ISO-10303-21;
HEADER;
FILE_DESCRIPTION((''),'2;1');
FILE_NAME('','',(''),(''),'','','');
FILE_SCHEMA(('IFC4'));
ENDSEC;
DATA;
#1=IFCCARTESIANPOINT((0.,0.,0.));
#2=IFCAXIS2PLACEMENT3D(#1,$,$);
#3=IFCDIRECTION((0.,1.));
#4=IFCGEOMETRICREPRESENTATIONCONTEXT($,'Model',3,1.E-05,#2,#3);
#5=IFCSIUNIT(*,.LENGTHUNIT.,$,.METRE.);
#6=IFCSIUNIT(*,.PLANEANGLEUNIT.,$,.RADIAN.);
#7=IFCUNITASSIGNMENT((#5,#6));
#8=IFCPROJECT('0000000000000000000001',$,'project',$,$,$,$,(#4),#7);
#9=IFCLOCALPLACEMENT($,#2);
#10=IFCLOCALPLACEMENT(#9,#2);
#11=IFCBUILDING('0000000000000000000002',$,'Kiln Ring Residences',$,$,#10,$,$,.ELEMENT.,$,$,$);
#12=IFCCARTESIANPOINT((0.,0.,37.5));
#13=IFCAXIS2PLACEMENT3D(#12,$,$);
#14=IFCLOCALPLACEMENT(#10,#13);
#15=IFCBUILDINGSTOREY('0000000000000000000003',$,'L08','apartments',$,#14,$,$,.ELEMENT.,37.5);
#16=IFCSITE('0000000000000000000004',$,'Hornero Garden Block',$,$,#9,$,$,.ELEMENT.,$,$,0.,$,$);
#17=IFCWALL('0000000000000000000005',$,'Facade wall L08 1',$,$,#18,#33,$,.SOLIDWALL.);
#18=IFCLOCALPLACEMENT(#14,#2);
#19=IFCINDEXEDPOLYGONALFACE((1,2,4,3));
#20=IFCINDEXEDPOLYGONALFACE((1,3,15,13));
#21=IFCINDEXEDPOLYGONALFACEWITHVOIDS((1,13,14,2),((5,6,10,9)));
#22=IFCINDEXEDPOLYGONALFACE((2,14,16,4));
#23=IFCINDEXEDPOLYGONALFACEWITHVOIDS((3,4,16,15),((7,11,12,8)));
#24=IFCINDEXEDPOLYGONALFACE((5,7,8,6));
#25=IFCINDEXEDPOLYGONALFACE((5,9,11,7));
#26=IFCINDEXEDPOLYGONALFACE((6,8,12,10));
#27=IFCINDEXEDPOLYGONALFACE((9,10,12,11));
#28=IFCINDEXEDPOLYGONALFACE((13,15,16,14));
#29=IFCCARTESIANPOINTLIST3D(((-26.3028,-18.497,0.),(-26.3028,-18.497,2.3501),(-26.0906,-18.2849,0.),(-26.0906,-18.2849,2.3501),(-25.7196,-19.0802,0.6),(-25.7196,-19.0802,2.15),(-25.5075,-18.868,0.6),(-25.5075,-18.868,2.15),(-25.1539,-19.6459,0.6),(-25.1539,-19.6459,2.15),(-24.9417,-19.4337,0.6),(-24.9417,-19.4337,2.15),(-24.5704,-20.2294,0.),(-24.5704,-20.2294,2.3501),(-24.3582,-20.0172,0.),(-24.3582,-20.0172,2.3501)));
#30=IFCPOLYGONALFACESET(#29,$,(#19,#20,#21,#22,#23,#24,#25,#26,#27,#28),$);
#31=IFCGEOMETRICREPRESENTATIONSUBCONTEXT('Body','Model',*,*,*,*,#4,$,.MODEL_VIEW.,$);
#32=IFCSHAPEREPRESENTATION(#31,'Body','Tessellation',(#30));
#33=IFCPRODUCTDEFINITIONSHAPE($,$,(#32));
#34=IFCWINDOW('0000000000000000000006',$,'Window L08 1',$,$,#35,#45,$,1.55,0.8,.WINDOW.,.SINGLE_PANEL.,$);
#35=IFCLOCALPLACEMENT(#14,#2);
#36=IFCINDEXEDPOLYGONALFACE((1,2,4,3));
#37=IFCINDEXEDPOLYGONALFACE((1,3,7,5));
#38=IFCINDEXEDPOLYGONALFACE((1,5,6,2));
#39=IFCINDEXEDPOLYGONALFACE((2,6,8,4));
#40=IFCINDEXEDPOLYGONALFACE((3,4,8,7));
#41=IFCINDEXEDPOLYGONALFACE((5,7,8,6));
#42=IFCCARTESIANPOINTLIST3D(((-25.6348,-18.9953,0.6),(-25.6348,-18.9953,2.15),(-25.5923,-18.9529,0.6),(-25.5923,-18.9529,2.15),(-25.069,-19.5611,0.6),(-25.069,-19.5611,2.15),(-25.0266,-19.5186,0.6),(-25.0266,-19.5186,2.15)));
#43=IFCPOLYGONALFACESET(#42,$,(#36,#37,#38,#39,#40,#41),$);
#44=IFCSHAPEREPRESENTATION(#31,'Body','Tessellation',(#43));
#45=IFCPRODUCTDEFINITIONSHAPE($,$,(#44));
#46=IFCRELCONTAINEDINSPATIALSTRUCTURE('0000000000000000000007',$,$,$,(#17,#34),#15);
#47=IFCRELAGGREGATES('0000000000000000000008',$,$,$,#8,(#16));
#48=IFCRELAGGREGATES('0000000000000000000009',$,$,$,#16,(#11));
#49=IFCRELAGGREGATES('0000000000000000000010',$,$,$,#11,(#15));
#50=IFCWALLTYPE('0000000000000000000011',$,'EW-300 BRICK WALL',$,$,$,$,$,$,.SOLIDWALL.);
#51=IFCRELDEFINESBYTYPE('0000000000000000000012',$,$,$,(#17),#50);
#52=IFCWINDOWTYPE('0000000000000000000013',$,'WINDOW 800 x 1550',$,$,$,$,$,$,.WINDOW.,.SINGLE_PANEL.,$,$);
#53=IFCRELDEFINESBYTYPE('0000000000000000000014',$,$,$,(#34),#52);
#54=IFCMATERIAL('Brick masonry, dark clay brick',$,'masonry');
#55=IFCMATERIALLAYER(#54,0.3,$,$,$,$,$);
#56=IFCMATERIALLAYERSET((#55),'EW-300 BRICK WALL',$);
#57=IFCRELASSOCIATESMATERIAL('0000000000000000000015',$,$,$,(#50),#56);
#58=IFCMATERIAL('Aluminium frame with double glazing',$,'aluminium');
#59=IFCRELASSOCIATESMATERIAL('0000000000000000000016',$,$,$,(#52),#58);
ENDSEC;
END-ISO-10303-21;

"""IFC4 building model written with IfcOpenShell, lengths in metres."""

from ifc_helpers import new_model, si_unit, direction, frame, frame_2d, origin, place, context, subcontext, project, spatial, rectangle, extrude, material, layer, layer_set, type_object, element, fill, save


model = new_model("IFC4")

# Units and contexts
model_context = context("Model", 3, precision=1e-05, world=origin(), true_north=direction((0.0, 1.0)))
body_context = subcontext(model_context, "Body", "Model", "MODEL_VIEW")
ifc_project = project(units=[si_unit("LENGTHUNIT", "METRE"), si_unit("PLANEANGLEUNIT", "RADIAN")], contexts=[model_context])

# Site, building, storey
site_placement = place(None, origin())
site = spatial("IfcSite", under=ifc_project, at=site_placement, Name="Hornero Garden Block", CompositionType="ELEMENT", RefElevation=0.0)
building_placement = place(site_placement, origin())
building = spatial("IfcBuilding", under=site, at=building_placement, Name="Kiln Ring Residences", CompositionType="ELEMENT")
storey_placement = place(building_placement, frame((0.0, 0.0, 37.5)))
storey = spatial("IfcBuildingStorey", under=building, at=storey_placement, Name="L08", Description="apartments", CompositionType="ELEMENT", Elevation=37.5)

# Wall, opening, window
ifc_material_1 = material(Name="Brick masonry, dark clay brick", Category="masonry")
ifc_layer_1 = layer(ifc_material_1, 0.3)
ifc_layer_set_1 = layer_set([ifc_layer_1], Name="EW-300 BRICK WALL")
wall_type_1 = type_object("IfcWallType", Name="EW-300 BRICK WALL", PredefinedType="SOLIDWALL", material=ifc_layer_set_1)
wall_1_placement = place(storey_placement, frame((-26.1968, -18.3909, 0.0), z_axis=(0.0, 0.0, 1.0), x_axis=(0.707107, -0.707107, 0.0)))
wall_1 = element("IfcWall", 1, at=wall_1_placement, inside=storey, type_object=wall_type_1, Name="Facade wall L08 1", PredefinedType="SOLIDWALL", context=body_context, shape_type="SweptSolid", body=[
    extrude(rectangle(XDim=2.45, YDim=0.3, at=frame_2d((1.2251, 0.0))), origin(), (0.0, 0.0, 1.0), 2.3501),
])
opening_1_placement = place(wall_1_placement, frame((0.825, 0.0, 0.6001)))
opening_1 = element("IfcOpeningElement", 2, at=opening_1_placement, cuts=wall_1, PredefinedType="OPENING", context=body_context, shape_type="SweptSolid", body=[
    extrude(rectangle(XDim=0.8, YDim=1.55, at=frame_2d((0.3999, 0.7749))), frame((0.0, 0.1599, 0.0), z_axis=(0.0, -1.0, 0.0), x_axis=(1.0, 0.0, 0.0)), (0.0, 0.0, 1.0), 0.3201),
])
ifc_material_2 = material(Name="Aluminium frame with double glazing", Category="aluminium")
window_type = type_object("IfcWindowType", Name="WINDOW 800 x 1550", PartitioningType="SINGLE_PANEL", PredefinedType="WINDOW", material=ifc_material_2)
window_placement = place(opening_1_placement, origin())
window = element("IfcWindow", 3, at=window_placement, inside=storey, type_object=window_type, Name="Window L08 1", OverallHeight=1.55, OverallWidth=0.8, PartitioningType="SINGLE_PANEL", PredefinedType="WINDOW", context=body_context, shape_type="SweptSolid", body=[
    extrude(rectangle(XDim=0.8, YDim=1.55, at=frame_2d((0.3999, 0.7749))), frame((0.0, 0.03, 0.0), z_axis=(0.0, -1.0, 0.0), x_axis=(1.0, 0.0, 0.0)), (0.0, 0.0, 1.0), 0.0601),
])
fill(opening_1, window)

save(model, "model.ifc")
